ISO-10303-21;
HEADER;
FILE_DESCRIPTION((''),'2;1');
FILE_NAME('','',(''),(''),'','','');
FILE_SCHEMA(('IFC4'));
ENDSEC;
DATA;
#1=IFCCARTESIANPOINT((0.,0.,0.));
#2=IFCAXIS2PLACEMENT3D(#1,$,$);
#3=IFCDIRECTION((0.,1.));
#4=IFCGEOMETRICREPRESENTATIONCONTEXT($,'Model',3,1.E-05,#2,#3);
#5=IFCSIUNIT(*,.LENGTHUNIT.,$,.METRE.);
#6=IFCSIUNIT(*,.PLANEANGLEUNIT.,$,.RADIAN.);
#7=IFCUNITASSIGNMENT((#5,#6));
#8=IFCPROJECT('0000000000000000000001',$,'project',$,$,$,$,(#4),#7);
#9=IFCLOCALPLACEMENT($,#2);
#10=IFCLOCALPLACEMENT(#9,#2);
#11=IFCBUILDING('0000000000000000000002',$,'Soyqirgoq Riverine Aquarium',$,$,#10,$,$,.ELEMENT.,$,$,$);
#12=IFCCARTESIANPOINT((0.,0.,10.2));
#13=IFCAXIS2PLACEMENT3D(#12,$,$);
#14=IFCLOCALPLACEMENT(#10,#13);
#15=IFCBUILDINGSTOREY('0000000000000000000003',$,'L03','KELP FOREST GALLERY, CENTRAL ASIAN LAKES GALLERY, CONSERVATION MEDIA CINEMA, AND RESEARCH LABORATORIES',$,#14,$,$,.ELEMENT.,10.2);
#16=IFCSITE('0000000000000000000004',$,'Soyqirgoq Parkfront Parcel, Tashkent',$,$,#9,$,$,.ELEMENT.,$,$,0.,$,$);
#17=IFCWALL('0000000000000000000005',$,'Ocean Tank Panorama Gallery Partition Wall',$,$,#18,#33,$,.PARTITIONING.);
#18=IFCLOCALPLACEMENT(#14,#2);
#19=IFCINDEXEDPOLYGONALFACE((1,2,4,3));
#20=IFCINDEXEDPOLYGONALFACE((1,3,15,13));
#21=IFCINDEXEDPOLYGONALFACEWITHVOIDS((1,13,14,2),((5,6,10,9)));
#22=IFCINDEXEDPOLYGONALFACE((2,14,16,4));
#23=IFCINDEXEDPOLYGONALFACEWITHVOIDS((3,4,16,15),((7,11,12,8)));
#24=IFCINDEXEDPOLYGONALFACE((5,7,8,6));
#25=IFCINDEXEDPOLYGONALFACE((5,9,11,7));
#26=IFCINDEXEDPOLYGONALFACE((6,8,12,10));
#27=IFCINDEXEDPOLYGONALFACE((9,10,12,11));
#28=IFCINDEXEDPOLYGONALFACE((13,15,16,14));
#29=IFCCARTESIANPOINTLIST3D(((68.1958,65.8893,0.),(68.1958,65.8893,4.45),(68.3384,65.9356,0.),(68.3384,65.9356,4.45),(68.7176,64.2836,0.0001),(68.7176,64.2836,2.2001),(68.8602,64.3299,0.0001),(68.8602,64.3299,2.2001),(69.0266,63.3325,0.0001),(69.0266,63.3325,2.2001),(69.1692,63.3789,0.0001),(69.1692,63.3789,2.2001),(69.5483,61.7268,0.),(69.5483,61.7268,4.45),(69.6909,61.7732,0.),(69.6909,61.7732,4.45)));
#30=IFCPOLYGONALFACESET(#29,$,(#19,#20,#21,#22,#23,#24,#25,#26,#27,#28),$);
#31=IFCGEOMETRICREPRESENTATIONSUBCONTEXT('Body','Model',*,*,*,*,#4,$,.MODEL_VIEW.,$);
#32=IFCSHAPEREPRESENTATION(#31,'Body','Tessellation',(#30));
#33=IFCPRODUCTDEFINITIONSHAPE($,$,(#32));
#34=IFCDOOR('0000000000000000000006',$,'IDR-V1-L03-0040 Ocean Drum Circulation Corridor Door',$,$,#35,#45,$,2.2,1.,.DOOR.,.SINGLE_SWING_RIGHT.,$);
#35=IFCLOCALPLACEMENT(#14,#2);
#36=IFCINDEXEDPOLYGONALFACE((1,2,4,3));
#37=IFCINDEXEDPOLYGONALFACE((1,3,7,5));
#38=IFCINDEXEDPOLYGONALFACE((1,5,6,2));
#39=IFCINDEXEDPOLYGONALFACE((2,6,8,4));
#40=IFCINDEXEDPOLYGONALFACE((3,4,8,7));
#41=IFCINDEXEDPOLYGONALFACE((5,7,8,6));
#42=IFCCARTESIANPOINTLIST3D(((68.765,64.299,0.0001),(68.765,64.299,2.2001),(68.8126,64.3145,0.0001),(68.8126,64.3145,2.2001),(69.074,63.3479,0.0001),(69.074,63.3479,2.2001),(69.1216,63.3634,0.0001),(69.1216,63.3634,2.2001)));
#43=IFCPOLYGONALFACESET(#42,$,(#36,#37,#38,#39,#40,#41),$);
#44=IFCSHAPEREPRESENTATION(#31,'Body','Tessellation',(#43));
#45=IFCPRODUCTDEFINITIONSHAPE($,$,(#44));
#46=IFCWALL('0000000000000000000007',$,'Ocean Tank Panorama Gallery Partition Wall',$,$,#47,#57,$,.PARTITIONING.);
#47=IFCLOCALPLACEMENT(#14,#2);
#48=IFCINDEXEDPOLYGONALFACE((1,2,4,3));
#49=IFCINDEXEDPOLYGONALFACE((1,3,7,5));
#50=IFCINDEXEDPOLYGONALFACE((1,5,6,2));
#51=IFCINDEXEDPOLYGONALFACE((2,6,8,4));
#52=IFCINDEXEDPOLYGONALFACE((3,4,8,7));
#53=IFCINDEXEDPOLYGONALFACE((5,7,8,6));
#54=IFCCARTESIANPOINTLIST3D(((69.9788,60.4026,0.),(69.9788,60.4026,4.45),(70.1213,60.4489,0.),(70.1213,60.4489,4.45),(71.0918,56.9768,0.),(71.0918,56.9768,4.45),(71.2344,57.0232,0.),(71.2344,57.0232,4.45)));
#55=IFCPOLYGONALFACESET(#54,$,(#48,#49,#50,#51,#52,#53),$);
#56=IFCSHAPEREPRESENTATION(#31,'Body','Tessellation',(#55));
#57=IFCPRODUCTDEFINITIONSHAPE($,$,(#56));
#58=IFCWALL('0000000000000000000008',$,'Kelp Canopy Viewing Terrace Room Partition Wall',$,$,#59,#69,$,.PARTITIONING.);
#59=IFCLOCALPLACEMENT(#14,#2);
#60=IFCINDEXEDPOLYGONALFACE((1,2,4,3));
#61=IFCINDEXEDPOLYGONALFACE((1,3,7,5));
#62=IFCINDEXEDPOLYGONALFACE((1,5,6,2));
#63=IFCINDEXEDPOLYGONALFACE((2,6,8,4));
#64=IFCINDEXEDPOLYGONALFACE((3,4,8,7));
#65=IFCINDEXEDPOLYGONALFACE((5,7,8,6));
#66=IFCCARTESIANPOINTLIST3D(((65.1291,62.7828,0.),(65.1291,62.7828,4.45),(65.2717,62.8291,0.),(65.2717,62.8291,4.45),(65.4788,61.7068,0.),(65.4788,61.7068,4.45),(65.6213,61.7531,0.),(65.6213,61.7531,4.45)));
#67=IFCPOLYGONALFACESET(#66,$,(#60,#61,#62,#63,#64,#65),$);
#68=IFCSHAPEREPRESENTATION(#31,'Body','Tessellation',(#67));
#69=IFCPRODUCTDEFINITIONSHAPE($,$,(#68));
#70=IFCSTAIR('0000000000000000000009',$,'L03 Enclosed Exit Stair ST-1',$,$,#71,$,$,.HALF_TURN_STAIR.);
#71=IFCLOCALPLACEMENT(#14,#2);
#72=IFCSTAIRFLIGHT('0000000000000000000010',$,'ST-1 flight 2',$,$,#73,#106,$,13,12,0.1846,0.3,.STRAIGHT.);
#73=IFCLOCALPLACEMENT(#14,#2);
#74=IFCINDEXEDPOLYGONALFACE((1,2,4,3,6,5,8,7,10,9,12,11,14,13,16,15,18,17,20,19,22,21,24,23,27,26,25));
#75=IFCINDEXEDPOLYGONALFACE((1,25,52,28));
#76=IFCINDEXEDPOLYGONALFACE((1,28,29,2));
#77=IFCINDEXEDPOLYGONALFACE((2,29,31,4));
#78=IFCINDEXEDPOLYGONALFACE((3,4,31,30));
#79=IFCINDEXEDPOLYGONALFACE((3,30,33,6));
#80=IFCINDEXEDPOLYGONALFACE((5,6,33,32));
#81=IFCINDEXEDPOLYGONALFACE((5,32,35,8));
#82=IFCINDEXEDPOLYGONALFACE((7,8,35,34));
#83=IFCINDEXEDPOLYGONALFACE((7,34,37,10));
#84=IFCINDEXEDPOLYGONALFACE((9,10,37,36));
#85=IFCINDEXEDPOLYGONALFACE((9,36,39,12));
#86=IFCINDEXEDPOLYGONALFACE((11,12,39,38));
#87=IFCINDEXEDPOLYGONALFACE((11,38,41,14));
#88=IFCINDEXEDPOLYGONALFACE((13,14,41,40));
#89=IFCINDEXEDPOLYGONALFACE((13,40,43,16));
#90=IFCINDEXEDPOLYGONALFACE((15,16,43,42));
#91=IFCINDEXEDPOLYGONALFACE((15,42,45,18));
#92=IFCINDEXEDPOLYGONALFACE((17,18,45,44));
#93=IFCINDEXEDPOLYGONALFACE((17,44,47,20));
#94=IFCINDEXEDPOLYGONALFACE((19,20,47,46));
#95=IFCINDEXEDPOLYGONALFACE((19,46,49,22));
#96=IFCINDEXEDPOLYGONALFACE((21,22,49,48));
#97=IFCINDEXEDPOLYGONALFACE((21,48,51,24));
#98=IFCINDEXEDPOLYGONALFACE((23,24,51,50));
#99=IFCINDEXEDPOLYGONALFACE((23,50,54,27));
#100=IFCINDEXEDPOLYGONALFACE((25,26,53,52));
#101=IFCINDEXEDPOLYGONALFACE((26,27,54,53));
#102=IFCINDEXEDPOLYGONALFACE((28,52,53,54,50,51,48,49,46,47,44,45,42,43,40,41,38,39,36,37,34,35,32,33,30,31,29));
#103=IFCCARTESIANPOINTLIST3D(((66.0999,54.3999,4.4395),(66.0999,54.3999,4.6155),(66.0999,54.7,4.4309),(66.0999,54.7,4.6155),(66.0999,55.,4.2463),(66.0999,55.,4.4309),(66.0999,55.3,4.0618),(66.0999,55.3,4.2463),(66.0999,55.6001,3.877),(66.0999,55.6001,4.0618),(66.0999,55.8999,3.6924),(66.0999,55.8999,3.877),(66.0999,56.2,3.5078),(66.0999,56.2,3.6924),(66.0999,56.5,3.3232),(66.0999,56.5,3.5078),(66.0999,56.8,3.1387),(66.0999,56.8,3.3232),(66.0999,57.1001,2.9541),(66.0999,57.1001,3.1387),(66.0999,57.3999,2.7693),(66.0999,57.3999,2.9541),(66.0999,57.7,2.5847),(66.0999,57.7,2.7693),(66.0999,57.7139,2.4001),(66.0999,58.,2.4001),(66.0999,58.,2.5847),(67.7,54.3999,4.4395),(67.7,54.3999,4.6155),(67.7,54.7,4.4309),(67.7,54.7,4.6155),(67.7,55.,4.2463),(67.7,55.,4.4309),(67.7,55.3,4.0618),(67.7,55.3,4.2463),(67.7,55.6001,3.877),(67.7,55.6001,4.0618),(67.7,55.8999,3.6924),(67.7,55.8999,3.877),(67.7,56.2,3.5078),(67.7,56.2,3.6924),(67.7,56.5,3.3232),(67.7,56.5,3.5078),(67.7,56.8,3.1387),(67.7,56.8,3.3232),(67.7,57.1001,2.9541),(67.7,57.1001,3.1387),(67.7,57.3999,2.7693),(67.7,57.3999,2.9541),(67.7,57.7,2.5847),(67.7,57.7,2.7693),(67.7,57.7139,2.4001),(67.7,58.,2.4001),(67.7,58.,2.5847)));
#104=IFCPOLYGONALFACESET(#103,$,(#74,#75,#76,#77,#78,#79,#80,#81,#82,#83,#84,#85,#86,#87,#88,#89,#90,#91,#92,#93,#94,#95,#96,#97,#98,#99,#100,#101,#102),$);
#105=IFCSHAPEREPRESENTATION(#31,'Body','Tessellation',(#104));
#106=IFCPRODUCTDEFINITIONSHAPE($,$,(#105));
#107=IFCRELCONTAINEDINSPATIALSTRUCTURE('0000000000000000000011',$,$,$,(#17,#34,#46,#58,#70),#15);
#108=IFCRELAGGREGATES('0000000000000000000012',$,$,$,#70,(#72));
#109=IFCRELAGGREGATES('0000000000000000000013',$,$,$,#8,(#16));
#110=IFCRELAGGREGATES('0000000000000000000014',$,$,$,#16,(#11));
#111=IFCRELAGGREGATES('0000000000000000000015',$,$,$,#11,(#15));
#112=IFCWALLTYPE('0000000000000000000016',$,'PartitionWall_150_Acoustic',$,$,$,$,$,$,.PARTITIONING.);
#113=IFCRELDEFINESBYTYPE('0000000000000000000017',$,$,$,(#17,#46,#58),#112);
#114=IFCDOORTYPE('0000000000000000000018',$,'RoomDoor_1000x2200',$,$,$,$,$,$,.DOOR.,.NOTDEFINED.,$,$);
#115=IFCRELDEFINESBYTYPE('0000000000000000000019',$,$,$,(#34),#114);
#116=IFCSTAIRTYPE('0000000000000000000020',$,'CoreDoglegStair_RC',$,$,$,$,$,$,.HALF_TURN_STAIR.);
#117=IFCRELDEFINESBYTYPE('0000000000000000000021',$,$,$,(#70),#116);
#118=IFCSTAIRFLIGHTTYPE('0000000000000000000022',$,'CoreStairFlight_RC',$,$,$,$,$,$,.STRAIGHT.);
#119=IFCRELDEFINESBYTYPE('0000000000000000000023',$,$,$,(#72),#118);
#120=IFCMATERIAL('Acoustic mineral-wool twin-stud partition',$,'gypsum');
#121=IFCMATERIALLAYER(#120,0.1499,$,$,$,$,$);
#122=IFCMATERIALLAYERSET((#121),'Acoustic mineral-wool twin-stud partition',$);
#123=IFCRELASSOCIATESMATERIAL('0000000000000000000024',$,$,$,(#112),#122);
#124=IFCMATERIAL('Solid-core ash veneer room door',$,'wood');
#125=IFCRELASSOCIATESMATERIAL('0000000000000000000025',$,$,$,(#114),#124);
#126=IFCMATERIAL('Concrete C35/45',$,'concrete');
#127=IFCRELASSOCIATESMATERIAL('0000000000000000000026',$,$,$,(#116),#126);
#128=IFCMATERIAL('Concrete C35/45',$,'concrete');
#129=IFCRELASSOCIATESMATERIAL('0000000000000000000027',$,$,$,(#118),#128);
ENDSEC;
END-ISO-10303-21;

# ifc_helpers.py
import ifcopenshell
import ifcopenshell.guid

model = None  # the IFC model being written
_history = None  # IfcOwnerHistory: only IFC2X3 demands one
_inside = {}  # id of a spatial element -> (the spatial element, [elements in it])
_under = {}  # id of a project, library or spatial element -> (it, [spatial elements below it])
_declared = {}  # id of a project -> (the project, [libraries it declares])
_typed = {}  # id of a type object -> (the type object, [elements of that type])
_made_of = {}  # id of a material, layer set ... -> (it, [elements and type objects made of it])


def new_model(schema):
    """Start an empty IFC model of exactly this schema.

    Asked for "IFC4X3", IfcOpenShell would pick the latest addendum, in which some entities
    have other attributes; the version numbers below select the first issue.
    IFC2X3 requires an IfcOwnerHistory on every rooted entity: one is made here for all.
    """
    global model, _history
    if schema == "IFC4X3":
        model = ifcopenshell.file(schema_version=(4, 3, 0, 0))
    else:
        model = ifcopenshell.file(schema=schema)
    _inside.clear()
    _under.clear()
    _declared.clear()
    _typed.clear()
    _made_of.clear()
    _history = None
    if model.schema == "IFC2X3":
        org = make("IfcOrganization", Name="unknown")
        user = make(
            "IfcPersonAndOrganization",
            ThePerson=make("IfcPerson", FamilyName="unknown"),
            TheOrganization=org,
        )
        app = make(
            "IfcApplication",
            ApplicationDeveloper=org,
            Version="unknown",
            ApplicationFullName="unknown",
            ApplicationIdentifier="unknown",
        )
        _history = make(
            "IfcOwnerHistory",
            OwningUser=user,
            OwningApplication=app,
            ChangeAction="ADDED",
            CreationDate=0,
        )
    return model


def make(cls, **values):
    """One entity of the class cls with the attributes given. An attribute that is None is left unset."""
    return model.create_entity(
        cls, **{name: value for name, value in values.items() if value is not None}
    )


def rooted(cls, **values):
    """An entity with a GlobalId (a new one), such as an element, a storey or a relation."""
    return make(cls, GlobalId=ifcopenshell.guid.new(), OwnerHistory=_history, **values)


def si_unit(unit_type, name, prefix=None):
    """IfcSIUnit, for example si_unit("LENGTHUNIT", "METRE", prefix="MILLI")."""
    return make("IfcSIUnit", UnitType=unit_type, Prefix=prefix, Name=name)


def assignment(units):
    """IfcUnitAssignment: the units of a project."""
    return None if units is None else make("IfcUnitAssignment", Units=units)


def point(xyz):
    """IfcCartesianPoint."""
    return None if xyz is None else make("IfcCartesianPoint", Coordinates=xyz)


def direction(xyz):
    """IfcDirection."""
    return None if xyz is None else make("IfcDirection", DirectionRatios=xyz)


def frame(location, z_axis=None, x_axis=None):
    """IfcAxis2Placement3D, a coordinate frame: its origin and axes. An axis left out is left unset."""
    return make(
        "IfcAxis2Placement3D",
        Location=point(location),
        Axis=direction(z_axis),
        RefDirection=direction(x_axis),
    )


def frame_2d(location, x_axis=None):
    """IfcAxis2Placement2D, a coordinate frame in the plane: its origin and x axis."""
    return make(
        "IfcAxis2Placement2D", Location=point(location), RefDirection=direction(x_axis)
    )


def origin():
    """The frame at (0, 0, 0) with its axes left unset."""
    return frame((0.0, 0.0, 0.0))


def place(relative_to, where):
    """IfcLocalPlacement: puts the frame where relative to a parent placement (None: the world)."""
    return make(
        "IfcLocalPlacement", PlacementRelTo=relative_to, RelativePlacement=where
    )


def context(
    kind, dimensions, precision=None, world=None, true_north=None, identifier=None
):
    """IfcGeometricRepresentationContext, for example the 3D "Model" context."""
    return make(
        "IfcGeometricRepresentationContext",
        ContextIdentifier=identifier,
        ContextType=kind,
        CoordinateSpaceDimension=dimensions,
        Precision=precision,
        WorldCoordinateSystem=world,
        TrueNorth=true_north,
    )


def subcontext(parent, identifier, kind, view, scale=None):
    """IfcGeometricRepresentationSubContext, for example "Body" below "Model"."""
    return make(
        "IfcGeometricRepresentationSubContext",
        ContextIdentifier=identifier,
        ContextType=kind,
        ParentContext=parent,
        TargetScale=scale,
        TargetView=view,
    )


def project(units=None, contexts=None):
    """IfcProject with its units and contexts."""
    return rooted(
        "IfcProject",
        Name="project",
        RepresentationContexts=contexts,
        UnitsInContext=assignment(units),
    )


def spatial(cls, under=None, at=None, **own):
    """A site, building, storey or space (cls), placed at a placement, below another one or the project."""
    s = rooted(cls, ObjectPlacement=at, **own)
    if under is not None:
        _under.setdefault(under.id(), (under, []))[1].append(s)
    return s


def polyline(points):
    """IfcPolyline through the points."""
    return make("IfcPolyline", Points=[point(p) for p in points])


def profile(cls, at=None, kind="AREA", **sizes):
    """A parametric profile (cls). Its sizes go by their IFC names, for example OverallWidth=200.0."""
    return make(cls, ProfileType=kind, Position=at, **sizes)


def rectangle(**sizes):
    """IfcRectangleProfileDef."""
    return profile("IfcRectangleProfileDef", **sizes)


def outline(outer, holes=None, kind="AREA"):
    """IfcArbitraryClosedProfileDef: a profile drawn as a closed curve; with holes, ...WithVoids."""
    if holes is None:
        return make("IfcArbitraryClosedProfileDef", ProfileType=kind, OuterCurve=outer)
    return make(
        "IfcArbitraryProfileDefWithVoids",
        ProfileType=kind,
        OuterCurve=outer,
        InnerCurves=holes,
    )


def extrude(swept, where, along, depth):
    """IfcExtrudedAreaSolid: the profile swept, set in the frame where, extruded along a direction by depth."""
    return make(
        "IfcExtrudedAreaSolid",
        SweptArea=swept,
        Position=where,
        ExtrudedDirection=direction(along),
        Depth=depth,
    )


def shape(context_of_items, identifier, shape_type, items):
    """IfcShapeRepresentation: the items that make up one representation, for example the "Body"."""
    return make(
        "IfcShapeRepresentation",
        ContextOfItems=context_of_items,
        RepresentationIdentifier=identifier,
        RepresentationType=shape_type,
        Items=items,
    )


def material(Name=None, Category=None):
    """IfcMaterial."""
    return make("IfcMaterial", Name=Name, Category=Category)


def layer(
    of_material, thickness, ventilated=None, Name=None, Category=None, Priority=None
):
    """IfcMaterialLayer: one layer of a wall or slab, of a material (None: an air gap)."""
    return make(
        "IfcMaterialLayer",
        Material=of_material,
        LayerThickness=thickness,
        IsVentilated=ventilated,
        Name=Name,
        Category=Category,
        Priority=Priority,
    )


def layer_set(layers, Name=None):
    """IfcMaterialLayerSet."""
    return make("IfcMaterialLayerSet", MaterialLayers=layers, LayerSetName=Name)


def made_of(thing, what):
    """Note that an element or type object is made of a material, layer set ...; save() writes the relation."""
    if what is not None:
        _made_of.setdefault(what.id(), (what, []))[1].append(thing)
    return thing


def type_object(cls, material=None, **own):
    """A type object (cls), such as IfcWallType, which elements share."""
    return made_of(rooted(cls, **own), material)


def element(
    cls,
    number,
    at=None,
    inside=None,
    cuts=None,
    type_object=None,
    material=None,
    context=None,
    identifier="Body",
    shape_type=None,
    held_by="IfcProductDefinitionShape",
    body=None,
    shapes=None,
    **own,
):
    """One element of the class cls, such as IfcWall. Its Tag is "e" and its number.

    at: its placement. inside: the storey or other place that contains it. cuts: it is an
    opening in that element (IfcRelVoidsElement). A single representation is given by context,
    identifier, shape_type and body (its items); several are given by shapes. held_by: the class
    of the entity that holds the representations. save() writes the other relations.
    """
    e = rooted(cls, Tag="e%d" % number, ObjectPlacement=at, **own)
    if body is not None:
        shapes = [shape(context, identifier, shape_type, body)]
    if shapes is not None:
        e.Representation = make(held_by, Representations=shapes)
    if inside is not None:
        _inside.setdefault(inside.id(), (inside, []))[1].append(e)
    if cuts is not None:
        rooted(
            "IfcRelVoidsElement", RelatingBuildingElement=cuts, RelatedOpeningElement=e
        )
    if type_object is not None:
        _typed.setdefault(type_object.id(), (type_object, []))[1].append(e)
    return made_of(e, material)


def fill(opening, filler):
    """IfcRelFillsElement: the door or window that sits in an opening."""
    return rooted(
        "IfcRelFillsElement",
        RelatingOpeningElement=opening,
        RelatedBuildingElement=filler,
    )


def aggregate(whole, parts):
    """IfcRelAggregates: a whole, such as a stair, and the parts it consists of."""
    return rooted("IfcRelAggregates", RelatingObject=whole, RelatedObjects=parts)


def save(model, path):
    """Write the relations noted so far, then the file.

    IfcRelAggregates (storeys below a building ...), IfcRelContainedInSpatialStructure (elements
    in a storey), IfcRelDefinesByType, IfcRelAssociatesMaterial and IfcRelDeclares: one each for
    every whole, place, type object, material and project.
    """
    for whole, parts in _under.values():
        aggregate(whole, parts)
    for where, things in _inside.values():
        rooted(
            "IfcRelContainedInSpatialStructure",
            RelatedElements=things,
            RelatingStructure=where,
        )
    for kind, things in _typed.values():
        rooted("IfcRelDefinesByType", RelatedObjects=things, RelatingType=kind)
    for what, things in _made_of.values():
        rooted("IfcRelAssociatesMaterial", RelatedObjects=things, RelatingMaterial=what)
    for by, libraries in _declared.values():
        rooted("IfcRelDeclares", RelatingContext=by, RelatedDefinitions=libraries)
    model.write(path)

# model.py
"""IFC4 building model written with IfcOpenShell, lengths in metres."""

from ifc_helpers import new_model, si_unit, direction, frame, frame_2d, origin, place, context, subcontext, project, spatial, polyline, rectangle, outline, extrude, material, layer, layer_set, type_object, element, fill, aggregate, save


model = new_model("IFC4")

# Units and contexts
model_context = context("Model", 3, precision=1e-05, world=origin(), true_north=direction((0.0, 1.0)))
body_context = subcontext(model_context, "Body", "Model", "MODEL_VIEW")
ifc_project = project(units=[si_unit("LENGTHUNIT", "METRE"), si_unit("PLANEANGLEUNIT", "RADIAN")], contexts=[model_context])

# Site, building, storey
site_placement = place(None, origin())
site = spatial("IfcSite", under=ifc_project, at=site_placement, Name="Soyqirgoq Parkfront Parcel, Tashkent", CompositionType="ELEMENT", RefElevation=0.0)
building_placement = place(site_placement, origin())
building = spatial("IfcBuilding", under=site, at=building_placement, Name="Soyqirgoq Riverine Aquarium", CompositionType="ELEMENT")
storey_placement = place(building_placement, frame((0.0, 0.0, 10.2)))
storey = spatial("IfcBuildingStorey", under=building, at=storey_placement, Name="L03", Description="KELP FOREST GALLERY, CENTRAL ASIAN LAKES GALLERY, CONSERVATION MEDIA CINEMA, AND RESEARCH LABORATORIES", CompositionType="ELEMENT", Elevation=10.2)

# Wall, opening, door
ifc_material_1 = material(Name="Acoustic mineral-wool twin-stud partition", Category="gypsum")
ifc_layer_1 = layer(ifc_material_1, 0.1499)
ifc_layer_set_1 = layer_set([ifc_layer_1], Name="Acoustic mineral-wool twin-stud partition")
wall_type_1 = type_object("IfcWallType", Name="PartitionWall_150_Acoustic", PredefinedType="PARTITIONING", material=ifc_layer_set_1)
wall_1_placement = place(storey_placement, frame((68.2671, 65.9126, 0.0), z_axis=(0.0, 0.0, 1.0), x_axis=(0.309023, -0.951055, 0.0)))
wall_1 = element("IfcWall", 1, at=wall_1_placement, inside=storey, type_object=wall_type_1, Name="Ocean Tank Panorama Gallery Partition Wall", PredefinedType="PARTITIONING", context=body_context, shape_type="SweptSolid", body=[
    extrude(rectangle(XDim=4.3767, YDim=0.1499, at=frame_2d((2.1885, 0.0))), origin(), (0.0, 0.0, 1.0), 4.45),
])
opening_1_placement = place(wall_1_placement, frame((1.6885, 0.0, 0.0)))
opening_1 = element("IfcOpeningElement", 2, at=opening_1_placement, cuts=wall_1, PredefinedType="OPENING", context=body_context, shape_type="SweptSolid", body=[
    extrude(rectangle(XDim=1.0, YDim=2.2, at=frame_2d((0.5, 1.1001))), frame((0.0, 0.085, 0.0), z_axis=(0.0, -1.0, 0.0), x_axis=(1.0, 0.0, 0.0)), (0.0, 0.0, 1.0), 0.1699),
])
ifc_material_2 = material(Name="Solid-core ash veneer room door", Category="wood")
door_type_1 = type_object("IfcDoorType", Name="RoomDoor_1000x2200", OperationType="NOTDEFINED", PredefinedType="DOOR", material=ifc_material_2)
door_1_placement = place(opening_1_placement, origin())
door_1 = element("IfcDoor", 3, at=door_1_placement, inside=storey, type_object=door_type_1, Name="IDR-V1-L03-0040 Ocean Drum Circulation Corridor Door", OperationType="SINGLE_SWING_RIGHT", OverallHeight=2.2, OverallWidth=1.0, PredefinedType="DOOR", context=body_context, shape_type="SweptSolid", body=[
    extrude(rectangle(XDim=1.0, YDim=2.2, at=frame_2d((0.5, 1.1001))), frame((0.0, 0.0249, 0.0), z_axis=(0.0, -1.0, 0.0), x_axis=(1.0, 0.0, 0.0)), (0.0, 0.0, 1.0), 0.05),
])
fill(opening_1, door_1)

# Walls
wall_2_placement = place(storey_placement, frame((70.05, 60.4258, 0.0), z_axis=(0.0, 0.0, 1.0), x_axis=(0.309, -0.951062, 0.0)))
element("IfcWall", 4, at=wall_2_placement, inside=storey, type_object=wall_type_1, Name="Ocean Tank Panorama Gallery Partition Wall", PredefinedType="PARTITIONING", context=body_context, shape_type="SweptSolid", body=[
    extrude(rectangle(XDim=3.6021, YDim=0.1499, at=frame_2d((1.801, 0.0))), origin(), (0.0, 0.0, 1.0), 4.45),
])
wall_3_placement = place(storey_placement, frame((65.55, 61.73, 0.0), z_axis=(0.0, 0.0, 1.0), x_axis=(-0.309032, 0.951052, 0.0)))
element("IfcWall", 5, at=wall_3_placement, inside=storey, type_object=wall_type_1, Name="Kelp Canopy Viewing Terrace Room Partition Wall", PredefinedType="PARTITIONING", context=body_context, shape_type="SweptSolid", body=[
    extrude(rectangle(XDim=1.1313, YDim=0.1499, at=frame_2d((0.5657, 0.0))), origin(), (0.0, 0.0, 1.0), 4.45),
])

# Stair, stair flight
ifc_material_3 = material(Name="Concrete C35/45", Category="concrete")
stair_type = type_object("IfcStairType", Name="CoreDoglegStair_RC", PredefinedType="HALF_TURN_STAIR", material=ifc_material_3)
stair_placement = place(storey_placement, origin())
stair = element("IfcStair", 6, at=stair_placement, inside=storey, type_object=stair_type, Name="L03 Enclosed Exit Stair ST-1", PredefinedType="HALF_TURN_STAIR")
ifc_material_4 = material(Name="Concrete C35/45", Category="concrete")
stair_flight_type = type_object("IfcStairFlightType", Name="CoreStairFlight_RC", PredefinedType="STRAIGHT", material=ifc_material_4)
stair_flight_placement = place(storey_placement, frame((66.8999, 58.0, 2.4001), z_axis=(0.0, 0.0, 1.0), x_axis=(0.0, -1.0, 0.0)))
stair_flight = element("IfcStairFlight", 7, at=stair_flight_placement, type_object=stair_flight_type, Name="ST-1 flight 2", NumberOfRisers=13, NumberOfTreads=12, PredefinedType="STRAIGHT", RiserHeight=0.1846, TreadLength=0.3, context=body_context, shape_type="SweptSolid", body=[
    extrude(outline(polyline([(0.0, 0.0), (0.0, 0.1846), (0.3, 0.1846), (0.3, 0.3691), (0.6001, 0.3691), (0.6001, 0.554), (0.8999, 0.554), (0.8999, 0.7385), (1.2, 0.7385), (1.2, 0.9231), (1.5, 0.9231), (1.5, 1.1077), (1.8, 1.1077), (1.8, 1.2922), (2.1001, 1.2922), (2.1001, 1.4768), (2.3999, 1.4768), (2.3999, 1.6616), (2.7, 1.6616), (2.7, 1.8462), (3.0, 1.8462), (3.0, 2.0308), (3.3, 2.0308), (3.3, 2.2153), (3.6001, 2.2153), (3.6001, 2.3999), (3.6001, 2.0393), (0.2861, 0.0), (0.0, 0.0)])), frame((0.0, 0.8, 0.0), z_axis=(0.0, -1.0, 0.0), x_axis=(1.0, 0.0, 0.0)), (0.0, 0.0, 1.0), 1.6001),
])
aggregate(stair, [stair_flight])

save(model, "model.ifc")
